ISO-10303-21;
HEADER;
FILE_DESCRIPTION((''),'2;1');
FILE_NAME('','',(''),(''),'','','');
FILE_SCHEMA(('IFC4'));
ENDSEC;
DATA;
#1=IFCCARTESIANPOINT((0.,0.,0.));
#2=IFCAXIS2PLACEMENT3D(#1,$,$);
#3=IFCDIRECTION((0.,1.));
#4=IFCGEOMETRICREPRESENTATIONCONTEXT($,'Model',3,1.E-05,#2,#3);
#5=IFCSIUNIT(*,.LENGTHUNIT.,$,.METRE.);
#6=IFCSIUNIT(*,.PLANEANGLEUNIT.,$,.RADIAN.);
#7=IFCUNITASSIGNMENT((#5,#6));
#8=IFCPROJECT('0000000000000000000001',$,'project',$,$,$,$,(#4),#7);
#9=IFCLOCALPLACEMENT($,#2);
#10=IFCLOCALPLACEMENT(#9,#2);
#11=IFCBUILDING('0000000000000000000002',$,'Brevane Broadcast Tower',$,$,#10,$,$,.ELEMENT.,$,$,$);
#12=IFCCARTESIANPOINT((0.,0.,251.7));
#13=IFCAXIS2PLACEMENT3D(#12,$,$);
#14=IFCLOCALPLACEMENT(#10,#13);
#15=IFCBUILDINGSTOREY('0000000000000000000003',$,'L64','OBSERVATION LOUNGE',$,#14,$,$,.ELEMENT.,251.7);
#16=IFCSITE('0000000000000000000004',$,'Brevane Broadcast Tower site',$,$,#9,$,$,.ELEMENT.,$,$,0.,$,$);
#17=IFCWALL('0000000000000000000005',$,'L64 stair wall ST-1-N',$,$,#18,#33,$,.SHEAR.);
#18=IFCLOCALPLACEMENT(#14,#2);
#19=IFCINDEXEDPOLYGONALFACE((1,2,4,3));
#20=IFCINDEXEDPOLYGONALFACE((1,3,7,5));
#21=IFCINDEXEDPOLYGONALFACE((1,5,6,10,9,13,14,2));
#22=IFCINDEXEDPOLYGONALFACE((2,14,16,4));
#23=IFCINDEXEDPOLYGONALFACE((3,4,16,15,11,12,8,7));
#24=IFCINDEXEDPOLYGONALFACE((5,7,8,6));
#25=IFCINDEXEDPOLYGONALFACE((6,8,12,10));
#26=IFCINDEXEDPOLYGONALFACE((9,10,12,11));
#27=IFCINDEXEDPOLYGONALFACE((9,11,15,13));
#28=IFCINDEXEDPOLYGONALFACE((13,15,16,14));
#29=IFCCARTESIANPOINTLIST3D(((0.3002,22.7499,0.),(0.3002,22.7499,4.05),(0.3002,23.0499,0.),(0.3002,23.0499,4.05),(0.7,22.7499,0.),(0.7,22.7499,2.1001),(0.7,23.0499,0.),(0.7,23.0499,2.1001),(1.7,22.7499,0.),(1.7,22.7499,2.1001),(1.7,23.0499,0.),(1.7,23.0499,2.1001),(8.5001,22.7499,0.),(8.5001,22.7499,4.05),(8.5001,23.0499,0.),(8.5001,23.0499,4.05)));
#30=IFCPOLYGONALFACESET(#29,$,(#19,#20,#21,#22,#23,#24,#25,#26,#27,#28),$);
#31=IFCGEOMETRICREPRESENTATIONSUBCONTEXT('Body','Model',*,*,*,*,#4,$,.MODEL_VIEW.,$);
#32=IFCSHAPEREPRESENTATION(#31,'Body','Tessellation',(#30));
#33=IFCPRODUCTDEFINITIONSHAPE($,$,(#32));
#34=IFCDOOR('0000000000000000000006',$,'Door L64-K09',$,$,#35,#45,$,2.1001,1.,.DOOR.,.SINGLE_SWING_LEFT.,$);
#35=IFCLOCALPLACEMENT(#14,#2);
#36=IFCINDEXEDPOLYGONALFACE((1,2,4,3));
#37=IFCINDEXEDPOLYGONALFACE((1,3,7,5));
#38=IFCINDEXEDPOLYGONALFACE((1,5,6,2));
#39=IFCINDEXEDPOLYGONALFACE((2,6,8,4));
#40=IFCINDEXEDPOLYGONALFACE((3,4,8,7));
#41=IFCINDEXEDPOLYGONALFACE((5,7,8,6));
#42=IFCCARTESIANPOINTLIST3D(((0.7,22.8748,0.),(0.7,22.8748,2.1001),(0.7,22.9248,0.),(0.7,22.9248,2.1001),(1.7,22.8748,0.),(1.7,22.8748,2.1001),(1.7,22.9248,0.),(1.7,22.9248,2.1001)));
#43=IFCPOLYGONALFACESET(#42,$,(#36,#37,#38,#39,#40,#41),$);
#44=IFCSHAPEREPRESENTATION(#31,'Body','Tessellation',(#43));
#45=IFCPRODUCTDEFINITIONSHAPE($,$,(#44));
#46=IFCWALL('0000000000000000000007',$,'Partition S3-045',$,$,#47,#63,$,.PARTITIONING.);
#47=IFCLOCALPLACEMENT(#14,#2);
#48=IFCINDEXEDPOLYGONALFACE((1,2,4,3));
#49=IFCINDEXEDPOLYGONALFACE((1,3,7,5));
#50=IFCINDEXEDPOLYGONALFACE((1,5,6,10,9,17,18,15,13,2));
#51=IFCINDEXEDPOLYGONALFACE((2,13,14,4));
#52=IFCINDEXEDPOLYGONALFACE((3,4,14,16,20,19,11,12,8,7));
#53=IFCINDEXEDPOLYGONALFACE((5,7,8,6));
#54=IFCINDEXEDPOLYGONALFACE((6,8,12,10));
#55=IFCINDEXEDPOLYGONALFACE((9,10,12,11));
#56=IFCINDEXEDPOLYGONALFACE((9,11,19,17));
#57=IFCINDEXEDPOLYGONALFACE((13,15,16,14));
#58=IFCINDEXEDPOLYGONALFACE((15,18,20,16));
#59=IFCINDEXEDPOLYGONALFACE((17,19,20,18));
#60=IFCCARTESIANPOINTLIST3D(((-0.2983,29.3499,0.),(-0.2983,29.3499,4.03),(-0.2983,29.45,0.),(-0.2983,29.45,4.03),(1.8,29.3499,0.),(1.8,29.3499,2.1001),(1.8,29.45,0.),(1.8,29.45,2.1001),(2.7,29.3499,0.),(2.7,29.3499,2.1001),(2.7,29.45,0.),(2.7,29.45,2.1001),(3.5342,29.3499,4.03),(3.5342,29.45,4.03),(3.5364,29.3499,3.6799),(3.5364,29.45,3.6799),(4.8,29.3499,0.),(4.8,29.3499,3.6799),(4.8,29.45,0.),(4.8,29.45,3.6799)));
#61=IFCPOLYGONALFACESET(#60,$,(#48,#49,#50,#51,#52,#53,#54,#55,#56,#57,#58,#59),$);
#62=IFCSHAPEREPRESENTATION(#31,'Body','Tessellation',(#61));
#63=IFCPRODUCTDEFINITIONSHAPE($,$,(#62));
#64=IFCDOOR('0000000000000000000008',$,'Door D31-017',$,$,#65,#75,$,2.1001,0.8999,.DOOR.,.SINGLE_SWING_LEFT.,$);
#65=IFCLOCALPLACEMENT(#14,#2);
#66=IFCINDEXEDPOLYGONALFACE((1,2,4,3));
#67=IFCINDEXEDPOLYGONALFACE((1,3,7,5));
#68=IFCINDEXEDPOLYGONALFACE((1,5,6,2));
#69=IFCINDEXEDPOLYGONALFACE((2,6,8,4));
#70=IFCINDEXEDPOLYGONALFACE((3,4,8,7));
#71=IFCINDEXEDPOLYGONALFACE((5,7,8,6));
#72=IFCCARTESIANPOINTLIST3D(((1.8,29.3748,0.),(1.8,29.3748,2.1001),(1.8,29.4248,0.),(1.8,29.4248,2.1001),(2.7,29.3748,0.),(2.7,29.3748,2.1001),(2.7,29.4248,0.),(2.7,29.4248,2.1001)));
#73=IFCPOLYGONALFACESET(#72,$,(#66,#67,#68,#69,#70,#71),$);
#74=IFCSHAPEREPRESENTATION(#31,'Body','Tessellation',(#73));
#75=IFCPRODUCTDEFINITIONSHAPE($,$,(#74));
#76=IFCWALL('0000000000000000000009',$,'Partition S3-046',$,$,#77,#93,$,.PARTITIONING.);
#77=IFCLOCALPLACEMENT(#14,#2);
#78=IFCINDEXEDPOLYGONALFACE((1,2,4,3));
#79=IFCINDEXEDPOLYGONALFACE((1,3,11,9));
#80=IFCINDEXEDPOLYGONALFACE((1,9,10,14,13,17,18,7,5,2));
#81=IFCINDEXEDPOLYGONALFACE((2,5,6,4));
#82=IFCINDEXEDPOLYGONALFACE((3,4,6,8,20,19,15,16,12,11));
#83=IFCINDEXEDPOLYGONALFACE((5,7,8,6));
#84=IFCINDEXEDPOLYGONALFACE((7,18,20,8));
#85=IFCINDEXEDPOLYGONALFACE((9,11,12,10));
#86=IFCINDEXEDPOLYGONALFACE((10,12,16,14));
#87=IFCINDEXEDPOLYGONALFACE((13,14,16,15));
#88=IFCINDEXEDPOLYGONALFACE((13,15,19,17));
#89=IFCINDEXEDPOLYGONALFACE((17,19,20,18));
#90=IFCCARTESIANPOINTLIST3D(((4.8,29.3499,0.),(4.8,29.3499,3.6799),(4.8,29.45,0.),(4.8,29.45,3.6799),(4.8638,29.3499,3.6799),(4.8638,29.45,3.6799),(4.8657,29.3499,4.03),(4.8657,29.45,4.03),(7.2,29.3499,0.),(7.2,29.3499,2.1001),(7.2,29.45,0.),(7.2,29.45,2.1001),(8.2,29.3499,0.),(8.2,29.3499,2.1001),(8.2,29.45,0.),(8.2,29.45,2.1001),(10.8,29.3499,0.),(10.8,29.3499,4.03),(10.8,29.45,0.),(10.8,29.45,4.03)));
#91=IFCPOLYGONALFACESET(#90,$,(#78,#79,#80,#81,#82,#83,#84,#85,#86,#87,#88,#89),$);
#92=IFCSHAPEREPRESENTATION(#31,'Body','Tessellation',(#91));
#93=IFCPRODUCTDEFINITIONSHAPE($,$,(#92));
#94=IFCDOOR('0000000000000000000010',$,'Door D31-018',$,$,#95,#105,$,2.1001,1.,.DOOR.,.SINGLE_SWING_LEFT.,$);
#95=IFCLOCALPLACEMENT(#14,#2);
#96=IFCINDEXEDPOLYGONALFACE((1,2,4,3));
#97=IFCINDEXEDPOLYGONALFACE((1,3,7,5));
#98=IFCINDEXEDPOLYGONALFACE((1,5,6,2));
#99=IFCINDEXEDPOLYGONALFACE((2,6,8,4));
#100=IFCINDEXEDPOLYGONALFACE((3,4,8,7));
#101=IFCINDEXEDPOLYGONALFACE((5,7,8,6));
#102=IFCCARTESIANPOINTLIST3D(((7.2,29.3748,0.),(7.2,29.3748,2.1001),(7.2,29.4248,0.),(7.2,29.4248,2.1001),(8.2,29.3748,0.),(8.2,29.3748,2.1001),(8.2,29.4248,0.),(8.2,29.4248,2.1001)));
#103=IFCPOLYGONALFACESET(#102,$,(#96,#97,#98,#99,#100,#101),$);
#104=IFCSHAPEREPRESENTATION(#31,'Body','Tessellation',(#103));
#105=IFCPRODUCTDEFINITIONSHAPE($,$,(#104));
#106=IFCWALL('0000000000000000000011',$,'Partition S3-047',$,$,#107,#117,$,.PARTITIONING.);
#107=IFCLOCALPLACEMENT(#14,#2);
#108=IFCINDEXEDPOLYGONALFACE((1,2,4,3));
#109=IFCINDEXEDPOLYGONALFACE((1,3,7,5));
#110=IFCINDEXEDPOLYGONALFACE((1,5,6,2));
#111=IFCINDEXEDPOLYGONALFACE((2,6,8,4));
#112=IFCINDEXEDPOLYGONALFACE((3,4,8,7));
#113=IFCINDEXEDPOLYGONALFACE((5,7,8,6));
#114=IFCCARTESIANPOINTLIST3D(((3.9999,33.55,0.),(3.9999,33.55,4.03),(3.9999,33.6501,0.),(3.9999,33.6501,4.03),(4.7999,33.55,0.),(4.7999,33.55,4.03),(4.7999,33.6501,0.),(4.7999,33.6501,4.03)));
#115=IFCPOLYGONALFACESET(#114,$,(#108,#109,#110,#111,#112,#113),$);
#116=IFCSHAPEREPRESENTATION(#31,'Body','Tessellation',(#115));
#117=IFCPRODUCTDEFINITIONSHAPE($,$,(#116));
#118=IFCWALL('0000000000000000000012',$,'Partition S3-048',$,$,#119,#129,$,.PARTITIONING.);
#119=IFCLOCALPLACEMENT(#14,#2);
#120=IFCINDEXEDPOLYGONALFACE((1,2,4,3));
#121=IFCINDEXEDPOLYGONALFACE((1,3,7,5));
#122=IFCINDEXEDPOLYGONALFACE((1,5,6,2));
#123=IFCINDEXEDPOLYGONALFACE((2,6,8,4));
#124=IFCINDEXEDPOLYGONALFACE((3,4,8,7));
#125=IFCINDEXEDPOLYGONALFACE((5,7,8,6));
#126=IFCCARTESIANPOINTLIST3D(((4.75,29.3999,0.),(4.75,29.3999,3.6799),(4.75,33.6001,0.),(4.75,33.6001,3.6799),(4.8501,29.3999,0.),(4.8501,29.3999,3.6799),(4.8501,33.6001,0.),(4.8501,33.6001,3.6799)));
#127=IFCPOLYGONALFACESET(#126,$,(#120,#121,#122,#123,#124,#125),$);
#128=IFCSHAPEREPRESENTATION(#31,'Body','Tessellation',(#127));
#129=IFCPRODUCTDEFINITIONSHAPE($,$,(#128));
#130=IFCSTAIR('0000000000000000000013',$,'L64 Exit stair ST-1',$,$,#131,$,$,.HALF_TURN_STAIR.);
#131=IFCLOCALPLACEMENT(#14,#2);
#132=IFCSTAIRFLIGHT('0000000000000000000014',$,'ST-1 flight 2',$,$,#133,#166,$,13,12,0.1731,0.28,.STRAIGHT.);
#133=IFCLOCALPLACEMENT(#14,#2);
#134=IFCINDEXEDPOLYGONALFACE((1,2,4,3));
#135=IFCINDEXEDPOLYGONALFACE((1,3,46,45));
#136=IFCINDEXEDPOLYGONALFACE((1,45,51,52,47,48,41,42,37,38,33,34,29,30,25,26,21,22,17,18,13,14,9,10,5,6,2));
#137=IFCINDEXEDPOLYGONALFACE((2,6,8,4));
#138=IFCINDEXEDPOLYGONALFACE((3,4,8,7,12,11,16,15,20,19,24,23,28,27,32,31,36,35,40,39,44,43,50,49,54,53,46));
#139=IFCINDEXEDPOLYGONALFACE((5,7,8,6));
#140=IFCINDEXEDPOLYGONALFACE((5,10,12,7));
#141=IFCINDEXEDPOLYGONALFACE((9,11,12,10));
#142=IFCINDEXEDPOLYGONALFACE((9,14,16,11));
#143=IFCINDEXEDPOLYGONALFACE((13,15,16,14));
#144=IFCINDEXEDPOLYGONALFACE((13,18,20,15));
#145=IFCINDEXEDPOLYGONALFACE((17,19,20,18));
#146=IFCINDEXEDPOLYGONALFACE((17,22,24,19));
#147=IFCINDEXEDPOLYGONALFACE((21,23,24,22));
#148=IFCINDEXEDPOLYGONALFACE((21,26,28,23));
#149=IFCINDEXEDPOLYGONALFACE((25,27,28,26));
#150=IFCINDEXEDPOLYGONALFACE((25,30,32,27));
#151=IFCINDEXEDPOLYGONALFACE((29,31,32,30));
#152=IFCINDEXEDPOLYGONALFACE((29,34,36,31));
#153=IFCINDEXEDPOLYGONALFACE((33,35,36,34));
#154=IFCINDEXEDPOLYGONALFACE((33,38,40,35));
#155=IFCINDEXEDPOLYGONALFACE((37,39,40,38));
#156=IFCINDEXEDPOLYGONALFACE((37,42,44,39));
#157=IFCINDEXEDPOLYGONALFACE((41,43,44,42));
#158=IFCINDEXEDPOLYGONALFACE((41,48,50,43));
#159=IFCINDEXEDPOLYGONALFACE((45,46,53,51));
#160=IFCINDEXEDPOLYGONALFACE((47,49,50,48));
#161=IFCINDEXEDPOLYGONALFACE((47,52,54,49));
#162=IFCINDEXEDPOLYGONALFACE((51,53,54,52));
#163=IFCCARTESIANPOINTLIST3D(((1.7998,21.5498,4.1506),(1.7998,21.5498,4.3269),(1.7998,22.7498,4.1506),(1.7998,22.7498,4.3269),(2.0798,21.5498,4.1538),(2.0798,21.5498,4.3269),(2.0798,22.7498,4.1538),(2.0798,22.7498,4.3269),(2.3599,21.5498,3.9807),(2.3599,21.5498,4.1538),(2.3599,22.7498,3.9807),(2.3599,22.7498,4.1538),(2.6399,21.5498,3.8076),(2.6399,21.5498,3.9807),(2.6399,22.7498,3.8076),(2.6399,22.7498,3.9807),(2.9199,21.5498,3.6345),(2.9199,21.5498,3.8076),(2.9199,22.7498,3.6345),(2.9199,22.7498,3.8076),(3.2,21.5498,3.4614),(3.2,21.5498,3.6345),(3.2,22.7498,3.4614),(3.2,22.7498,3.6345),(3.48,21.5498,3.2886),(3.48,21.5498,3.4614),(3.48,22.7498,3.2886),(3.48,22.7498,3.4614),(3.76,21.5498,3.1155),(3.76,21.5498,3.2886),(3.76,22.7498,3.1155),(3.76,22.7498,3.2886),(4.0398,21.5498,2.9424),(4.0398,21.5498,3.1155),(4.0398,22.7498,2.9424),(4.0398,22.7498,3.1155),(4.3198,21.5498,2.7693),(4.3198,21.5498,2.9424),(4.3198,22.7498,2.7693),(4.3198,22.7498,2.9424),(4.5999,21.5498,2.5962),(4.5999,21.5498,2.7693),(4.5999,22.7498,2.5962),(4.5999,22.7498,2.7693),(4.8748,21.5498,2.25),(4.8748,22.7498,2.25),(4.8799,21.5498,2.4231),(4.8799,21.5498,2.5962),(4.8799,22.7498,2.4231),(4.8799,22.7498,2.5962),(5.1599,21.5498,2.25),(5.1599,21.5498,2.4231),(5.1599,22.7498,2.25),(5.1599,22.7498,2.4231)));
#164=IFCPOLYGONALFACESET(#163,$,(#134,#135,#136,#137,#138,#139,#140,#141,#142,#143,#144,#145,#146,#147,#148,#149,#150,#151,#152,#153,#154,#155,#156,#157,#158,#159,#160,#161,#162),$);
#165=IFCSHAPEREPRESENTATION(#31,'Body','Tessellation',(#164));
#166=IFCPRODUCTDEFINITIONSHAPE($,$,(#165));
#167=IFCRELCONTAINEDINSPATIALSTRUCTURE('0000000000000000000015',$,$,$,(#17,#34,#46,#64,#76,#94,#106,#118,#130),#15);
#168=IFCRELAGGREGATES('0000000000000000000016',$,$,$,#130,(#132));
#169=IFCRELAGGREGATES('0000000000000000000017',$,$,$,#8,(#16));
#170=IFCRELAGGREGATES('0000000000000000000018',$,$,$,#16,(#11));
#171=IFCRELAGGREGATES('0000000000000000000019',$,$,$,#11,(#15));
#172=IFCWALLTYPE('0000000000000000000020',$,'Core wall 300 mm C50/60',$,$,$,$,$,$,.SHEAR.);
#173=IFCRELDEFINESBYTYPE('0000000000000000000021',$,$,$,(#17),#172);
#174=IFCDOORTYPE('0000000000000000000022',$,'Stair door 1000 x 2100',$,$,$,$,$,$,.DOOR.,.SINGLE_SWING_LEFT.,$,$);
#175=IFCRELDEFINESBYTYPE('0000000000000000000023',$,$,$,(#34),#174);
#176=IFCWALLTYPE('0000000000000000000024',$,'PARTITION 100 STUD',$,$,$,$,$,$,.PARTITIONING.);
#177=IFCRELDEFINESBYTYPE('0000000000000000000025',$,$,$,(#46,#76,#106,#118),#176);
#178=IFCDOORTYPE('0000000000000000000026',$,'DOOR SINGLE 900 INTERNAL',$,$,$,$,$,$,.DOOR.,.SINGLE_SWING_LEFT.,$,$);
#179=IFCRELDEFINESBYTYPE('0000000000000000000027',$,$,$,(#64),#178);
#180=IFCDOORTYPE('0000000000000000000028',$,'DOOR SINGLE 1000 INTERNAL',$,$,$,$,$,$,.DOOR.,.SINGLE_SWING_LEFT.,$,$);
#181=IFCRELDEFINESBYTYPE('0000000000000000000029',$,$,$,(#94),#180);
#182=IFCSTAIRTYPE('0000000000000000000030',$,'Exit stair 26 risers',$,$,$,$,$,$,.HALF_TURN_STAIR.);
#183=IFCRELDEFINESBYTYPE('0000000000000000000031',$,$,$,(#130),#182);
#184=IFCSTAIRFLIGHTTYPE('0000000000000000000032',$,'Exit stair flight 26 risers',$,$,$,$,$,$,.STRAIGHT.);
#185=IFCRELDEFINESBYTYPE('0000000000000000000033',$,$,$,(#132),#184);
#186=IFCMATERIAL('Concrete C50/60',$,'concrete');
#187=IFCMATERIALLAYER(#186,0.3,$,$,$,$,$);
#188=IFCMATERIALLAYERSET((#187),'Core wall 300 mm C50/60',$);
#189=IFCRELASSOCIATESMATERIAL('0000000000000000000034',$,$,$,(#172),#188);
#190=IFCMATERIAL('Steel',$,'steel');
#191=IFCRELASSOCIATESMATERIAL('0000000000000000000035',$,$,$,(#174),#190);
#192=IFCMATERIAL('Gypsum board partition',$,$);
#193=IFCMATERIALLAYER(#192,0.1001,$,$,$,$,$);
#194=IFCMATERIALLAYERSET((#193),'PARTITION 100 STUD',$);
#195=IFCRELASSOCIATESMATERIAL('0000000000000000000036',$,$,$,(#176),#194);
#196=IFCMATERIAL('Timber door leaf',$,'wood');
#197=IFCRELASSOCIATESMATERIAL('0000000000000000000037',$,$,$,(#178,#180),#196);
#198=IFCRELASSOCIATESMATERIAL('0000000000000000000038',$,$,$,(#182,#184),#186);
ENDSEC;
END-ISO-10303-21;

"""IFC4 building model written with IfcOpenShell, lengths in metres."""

from ifc_helpers import new_model, si_unit, direction, frame, frame_2d, origin, place, context, subcontext, project, spatial, polyline, rectangle, outline, extrude, material, layer, layer_set, type_object, element, fill, aggregate, save


model = new_model("IFC4")

# Units and contexts
model_context = context("Model", 3, precision=1e-05, world=origin(), true_north=direction((0.0, 1.0)))
body_context = subcontext(model_context, "Body", "Model", "MODEL_VIEW")
ifc_project = project(units=[si_unit("LENGTHUNIT", "METRE"), si_unit("PLANEANGLEUNIT", "RADIAN")], contexts=[model_context])

# Site, building, storey
site_placement = place(None, origin())
site = spatial("IfcSite", under=ifc_project, at=site_placement, Name="Brevane Broadcast Tower site", CompositionType="ELEMENT", RefElevation=0.0)
building_placement = place(site_placement, origin())
building = spatial("IfcBuilding", under=site, at=building_placement, Name="Brevane Broadcast Tower", CompositionType="ELEMENT")
storey_placement = place(building_placement, frame((0.0, 0.0, 251.7)))
storey = spatial("IfcBuildingStorey", under=building, at=storey_placement, Name="L64", Description="OBSERVATION LOUNGE", CompositionType="ELEMENT", Elevation=251.7)

# Shared definitions
ifc_material_1 = material(Name="Concrete C50/60", Category="concrete")

# Walls, openings, doors
ifc_layer_1 = layer(ifc_material_1, 0.3)
ifc_layer_set_1 = layer_set([ifc_layer_1], Name="Core wall 300 mm C50/60")
wall_type_1 = type_object("IfcWallType", Name="Core wall 300 mm C50/60", PredefinedType="SHEAR", material=ifc_layer_set_1)
wall_1_placement = place(storey_placement, frame((0.3, 22.8999, 0.0), z_axis=(0.0, 0.0, 1.0), x_axis=(1.0, 0.0, 0.0)))
wall_1 = element("IfcWall", 1, at=wall_1_placement, inside=storey, type_object=wall_type_1, Name="L64 stair wall ST-1-N", PredefinedType="SHEAR", context=body_context, shape_type="SweptSolid", body=[
    extrude(rectangle(XDim=8.2, YDim=0.3, at=frame_2d((4.1001, 0.0))), origin(), (0.0, 0.0, 1.0), 4.05),
])
opening_1_placement = place(wall_1_placement, frame((0.3999, 0.0, 0.0)))
opening_1 = element("IfcOpeningElement", 2, at=opening_1_placement, cuts=wall_1, PredefinedType="OPENING", context=body_context, shape_type="SweptSolid", body=[
    extrude(rectangle(XDim=1.0, YDim=2.1001, at=frame_2d((0.5, 1.05))), frame((0.0, 0.1599, 0.0), z_axis=(0.0, -1.0, 0.0), x_axis=(1.0, 0.0, 0.0)), (0.0, 0.0, 1.0), 0.3201),
])
ifc_material_2 = material(Name="Steel", Category="steel")
door_type_1 = type_object("IfcDoorType", Name="Stair door 1000 x 2100", OperationType="SINGLE_SWING_LEFT", PredefinedType="DOOR", material=ifc_material_2)
door_1_placement = place(opening_1_placement, origin())
door_1 = element("IfcDoor", 3, at=door_1_placement, inside=storey, type_object=door_type_1, Name="Door L64-K09", OperationType="SINGLE_SWING_LEFT", OverallHeight=2.1001, OverallWidth=1.0, PredefinedType="DOOR", context=body_context, shape_type="SweptSolid", body=[
    extrude(rectangle(XDim=1.0, YDim=2.1001, at=frame_2d((0.5, 1.05))), frame((0.0, 0.0249, 0.0), z_axis=(0.0, -1.0, 0.0), x_axis=(1.0, 0.0, 0.0)), (0.0, 0.0, 1.0), 0.05),
])
fill(opening_1, door_1)
ifc_material_3 = material(Name="Gypsum board partition")
ifc_layer_2 = layer(ifc_material_3, 0.1001)
ifc_layer_set_2 = layer_set([ifc_layer_2], Name="PARTITION 100 STUD")
wall_type_2 = type_object("IfcWallType", Name="PARTITION 100 STUD", PredefinedType="PARTITIONING", material=ifc_layer_set_2)
wall_2_placement = place(storey_placement, frame((-0.2983, 29.3999, 0.0), z_axis=(0.0, 0.0, 1.0), x_axis=(1.0, 0.0, 0.0)))
wall_2 = element("IfcWall", 4, at=wall_2_placement, inside=storey, type_object=wall_type_2, Name="Partition S3-045", PredefinedType="PARTITIONING", context=body_context, shape_type="SweptSolid", body=[
    extrude(outline(polyline([(0.0, 0.0), (5.0984, 0.0), (5.0984, 3.6799), (3.8347, 3.6799), (3.8325, 4.03), (0.0984, 4.03), (0.0, 4.03), (0.0, 0.0)])), frame((0.0, 0.05, 0.0), z_axis=(0.0, -1.0, 0.0), x_axis=(1.0, 0.0, 0.0)), (0.0, 0.0, 1.0), 0.1001),
])
opening_2_placement = place(wall_2_placement, frame((2.0984, 0.0, 0.0)))
opening_2 = element("IfcOpeningElement", 5, at=opening_2_placement, cuts=wall_2, PredefinedType="OPENING", context=body_context, shape_type="SweptSolid", body=[
    extrude(rectangle(XDim=0.8999, YDim=2.1001, at=frame_2d((0.45, 1.05))), frame((0.0, 0.0601, 0.0), z_axis=(0.0, -1.0, 0.0), x_axis=(1.0, 0.0, 0.0)), (0.0, 0.0, 1.0), 0.1201),
])
ifc_material_4 = material(Name="Timber door leaf", Category="wood")
door_type_2 = type_object("IfcDoorType", Name="DOOR SINGLE 900 INTERNAL", OperationType="SINGLE_SWING_LEFT", PredefinedType="DOOR", material=ifc_material_4)
door_2_placement = place(opening_2_placement, origin())
door_2 = element("IfcDoor", 6, at=door_2_placement, inside=storey, type_object=door_type_2, Name="Door D31-017", OperationType="SINGLE_SWING_LEFT", OverallHeight=2.1001, OverallWidth=0.8999, PredefinedType="DOOR", context=body_context, shape_type="SweptSolid", body=[
    extrude(rectangle(XDim=0.8999, YDim=2.1001, at=frame_2d((0.45, 1.05))), frame((0.0, 0.0249, 0.0), z_axis=(0.0, -1.0, 0.0), x_axis=(1.0, 0.0, 0.0)), (0.0, 0.0, 1.0), 0.05),
])
fill(opening_2, door_2)
wall_3_placement = place(storey_placement, frame((4.8, 29.3999, 0.0), z_axis=(0.0, 0.0, 1.0), x_axis=(1.0, 0.0, 0.0)))
wall_3 = element("IfcWall", 7, at=wall_3_placement, inside=storey, type_object=wall_type_2, Name="Partition S3-046", PredefinedType="PARTITIONING", context=body_context, shape_type="SweptSolid", body=[
    extrude(outline(polyline([(0.0, 0.0), (6.0, 0.0), (6.0, 4.03), (0.0657, 4.03), (0.0637, 3.6799), (0.0, 3.6799), (0.0, 0.0)])), frame((0.0, 0.05, 0.0), z_axis=(0.0, -1.0, 0.0), x_axis=(1.0, 0.0, 0.0)), (0.0, 0.0, 1.0), 0.1001),
])
opening_3_placement = place(wall_3_placement, frame((2.3999, 0.0, 0.0)))
opening_3 = element("IfcOpeningElement", 8, at=opening_3_placement, cuts=wall_3, PredefinedType="OPENING", context=body_context, shape_type="SweptSolid", body=[
    extrude(rectangle(XDim=1.0, YDim=2.1001, at=frame_2d((0.5, 1.05))), frame((0.0, 0.0601, 0.0), z_axis=(0.0, -1.0, 0.0), x_axis=(1.0, 0.0, 0.0)), (0.0, 0.0, 1.0), 0.1201),
])
door_type_3 = type_object("IfcDoorType", Name="DOOR SINGLE 1000 INTERNAL", OperationType="SINGLE_SWING_LEFT", PredefinedType="DOOR", material=ifc_material_4)
door_3_placement = place(opening_3_placement, origin())
door_3 = element("IfcDoor", 9, at=door_3_placement, inside=storey, type_object=door_type_3, Name="Door D31-018", OperationType="SINGLE_SWING_LEFT", OverallHeight=2.1001, OverallWidth=1.0, PredefinedType="DOOR", context=body_context, shape_type="SweptSolid", body=[
    extrude(rectangle(XDim=1.0, YDim=2.1001, at=frame_2d((0.5, 1.05))), frame((0.0, 0.0249, 0.0), z_axis=(0.0, -1.0, 0.0), x_axis=(1.0, 0.0, 0.0)), (0.0, 0.0, 1.0), 0.05),
])
fill(opening_3, door_3)

# Walls
wall_4_placement = place(storey_placement, frame((4.0, 33.6001, 0.0), z_axis=(0.0, 0.0, 1.0), x_axis=(1.0, 0.0, 0.0)))
element("IfcWall", 10, at=wall_4_placement, inside=storey, type_object=wall_type_2, Name="Partition S3-047", PredefinedType="PARTITIONING", context=body_context, shape_type="SweptSolid", body=[
    extrude(rectangle(XDim=0.8, YDim=0.1001, at=frame_2d((0.3999, 0.0))), origin(), (0.0, 0.0, 1.0), 4.03),
])
wall_5_placement = place(storey_placement, frame((4.8, 33.6001, 0.0), z_axis=(0.0, 0.0, 1.0), x_axis=(0.0, -1.0, 0.0)))
element("IfcWall", 11, at=wall_5_placement, inside=storey, type_object=wall_type_2, Name="Partition S3-048", PredefinedType="PARTITIONING", context=body_context, shape_type="SweptSolid", body=[
    extrude(rectangle(XDim=4.2002, YDim=0.1001, at=frame_2d((2.1001, 0.0))), origin(), (0.0, 0.0, 1.0), 3.6799),
])

# Stair, stair flight
stair_type = type_object("IfcStairType", Name="Exit stair 26 risers", PredefinedType="HALF_TURN_STAIR", material=ifc_material_1)
stair_placement = place(storey_placement, origin())
stair = element("IfcStair", 12, at=stair_placement, inside=storey, type_object=stair_type, Name="L64 Exit stair ST-1", PredefinedType="HALF_TURN_STAIR")
stair_flight_type = type_object("IfcStairFlightType", Name="Exit stair flight 26 risers", PredefinedType="STRAIGHT", material=ifc_material_1)
stair_flight_placement = place(storey_placement, frame((5.1599, 22.1499, 2.25), z_axis=(0.0, 0.0, 1.0), x_axis=(-1.0, 0.0, 0.0)))
stair_flight = element("IfcStairFlight", 13, at=stair_flight_placement, type_object=stair_flight_type, Name="ST-1 flight 2", NumberOfRisers=13, NumberOfTreads=12, PredefinedType="STRAIGHT", RiserHeight=0.1731, TreadLength=0.28, context=body_context, shape_type="SweptSolid", body=[
    extrude(outline(polyline([(0.0, 0.0), (0.0, 0.1731), (0.28, 0.1731), (0.28, 0.3462), (0.5601, 0.3462), (0.5601, 0.5193), (0.8401, 0.5193), (0.8401, 0.6924), (1.1201, 0.6924), (1.1201, 0.8655), (1.3999, 0.8655), (1.3999, 1.0386), (1.6799, 1.0386), (1.6799, 1.2114), (1.96, 1.2114), (1.96, 1.3845), (2.24, 1.3845), (2.24, 1.5576), (2.52, 1.5576), (2.52, 1.7307), (2.8, 1.7307), (2.8, 1.9038), (3.0801, 1.9038), (3.0801, 2.0769), (3.3601, 2.0769), (3.3601, 2.25), (3.3601, 1.9006), (0.2852, 0.0), (0.0, 0.0)])), frame((0.0, 0.6001, 0.0), z_axis=(0.0, -1.0, 0.0), x_axis=(1.0, 0.0, 0.0)), (0.0, 0.0, 1.0), 1.2),
])
aggregate(stair, [stair_flight])

save(model, "model.ifc")
